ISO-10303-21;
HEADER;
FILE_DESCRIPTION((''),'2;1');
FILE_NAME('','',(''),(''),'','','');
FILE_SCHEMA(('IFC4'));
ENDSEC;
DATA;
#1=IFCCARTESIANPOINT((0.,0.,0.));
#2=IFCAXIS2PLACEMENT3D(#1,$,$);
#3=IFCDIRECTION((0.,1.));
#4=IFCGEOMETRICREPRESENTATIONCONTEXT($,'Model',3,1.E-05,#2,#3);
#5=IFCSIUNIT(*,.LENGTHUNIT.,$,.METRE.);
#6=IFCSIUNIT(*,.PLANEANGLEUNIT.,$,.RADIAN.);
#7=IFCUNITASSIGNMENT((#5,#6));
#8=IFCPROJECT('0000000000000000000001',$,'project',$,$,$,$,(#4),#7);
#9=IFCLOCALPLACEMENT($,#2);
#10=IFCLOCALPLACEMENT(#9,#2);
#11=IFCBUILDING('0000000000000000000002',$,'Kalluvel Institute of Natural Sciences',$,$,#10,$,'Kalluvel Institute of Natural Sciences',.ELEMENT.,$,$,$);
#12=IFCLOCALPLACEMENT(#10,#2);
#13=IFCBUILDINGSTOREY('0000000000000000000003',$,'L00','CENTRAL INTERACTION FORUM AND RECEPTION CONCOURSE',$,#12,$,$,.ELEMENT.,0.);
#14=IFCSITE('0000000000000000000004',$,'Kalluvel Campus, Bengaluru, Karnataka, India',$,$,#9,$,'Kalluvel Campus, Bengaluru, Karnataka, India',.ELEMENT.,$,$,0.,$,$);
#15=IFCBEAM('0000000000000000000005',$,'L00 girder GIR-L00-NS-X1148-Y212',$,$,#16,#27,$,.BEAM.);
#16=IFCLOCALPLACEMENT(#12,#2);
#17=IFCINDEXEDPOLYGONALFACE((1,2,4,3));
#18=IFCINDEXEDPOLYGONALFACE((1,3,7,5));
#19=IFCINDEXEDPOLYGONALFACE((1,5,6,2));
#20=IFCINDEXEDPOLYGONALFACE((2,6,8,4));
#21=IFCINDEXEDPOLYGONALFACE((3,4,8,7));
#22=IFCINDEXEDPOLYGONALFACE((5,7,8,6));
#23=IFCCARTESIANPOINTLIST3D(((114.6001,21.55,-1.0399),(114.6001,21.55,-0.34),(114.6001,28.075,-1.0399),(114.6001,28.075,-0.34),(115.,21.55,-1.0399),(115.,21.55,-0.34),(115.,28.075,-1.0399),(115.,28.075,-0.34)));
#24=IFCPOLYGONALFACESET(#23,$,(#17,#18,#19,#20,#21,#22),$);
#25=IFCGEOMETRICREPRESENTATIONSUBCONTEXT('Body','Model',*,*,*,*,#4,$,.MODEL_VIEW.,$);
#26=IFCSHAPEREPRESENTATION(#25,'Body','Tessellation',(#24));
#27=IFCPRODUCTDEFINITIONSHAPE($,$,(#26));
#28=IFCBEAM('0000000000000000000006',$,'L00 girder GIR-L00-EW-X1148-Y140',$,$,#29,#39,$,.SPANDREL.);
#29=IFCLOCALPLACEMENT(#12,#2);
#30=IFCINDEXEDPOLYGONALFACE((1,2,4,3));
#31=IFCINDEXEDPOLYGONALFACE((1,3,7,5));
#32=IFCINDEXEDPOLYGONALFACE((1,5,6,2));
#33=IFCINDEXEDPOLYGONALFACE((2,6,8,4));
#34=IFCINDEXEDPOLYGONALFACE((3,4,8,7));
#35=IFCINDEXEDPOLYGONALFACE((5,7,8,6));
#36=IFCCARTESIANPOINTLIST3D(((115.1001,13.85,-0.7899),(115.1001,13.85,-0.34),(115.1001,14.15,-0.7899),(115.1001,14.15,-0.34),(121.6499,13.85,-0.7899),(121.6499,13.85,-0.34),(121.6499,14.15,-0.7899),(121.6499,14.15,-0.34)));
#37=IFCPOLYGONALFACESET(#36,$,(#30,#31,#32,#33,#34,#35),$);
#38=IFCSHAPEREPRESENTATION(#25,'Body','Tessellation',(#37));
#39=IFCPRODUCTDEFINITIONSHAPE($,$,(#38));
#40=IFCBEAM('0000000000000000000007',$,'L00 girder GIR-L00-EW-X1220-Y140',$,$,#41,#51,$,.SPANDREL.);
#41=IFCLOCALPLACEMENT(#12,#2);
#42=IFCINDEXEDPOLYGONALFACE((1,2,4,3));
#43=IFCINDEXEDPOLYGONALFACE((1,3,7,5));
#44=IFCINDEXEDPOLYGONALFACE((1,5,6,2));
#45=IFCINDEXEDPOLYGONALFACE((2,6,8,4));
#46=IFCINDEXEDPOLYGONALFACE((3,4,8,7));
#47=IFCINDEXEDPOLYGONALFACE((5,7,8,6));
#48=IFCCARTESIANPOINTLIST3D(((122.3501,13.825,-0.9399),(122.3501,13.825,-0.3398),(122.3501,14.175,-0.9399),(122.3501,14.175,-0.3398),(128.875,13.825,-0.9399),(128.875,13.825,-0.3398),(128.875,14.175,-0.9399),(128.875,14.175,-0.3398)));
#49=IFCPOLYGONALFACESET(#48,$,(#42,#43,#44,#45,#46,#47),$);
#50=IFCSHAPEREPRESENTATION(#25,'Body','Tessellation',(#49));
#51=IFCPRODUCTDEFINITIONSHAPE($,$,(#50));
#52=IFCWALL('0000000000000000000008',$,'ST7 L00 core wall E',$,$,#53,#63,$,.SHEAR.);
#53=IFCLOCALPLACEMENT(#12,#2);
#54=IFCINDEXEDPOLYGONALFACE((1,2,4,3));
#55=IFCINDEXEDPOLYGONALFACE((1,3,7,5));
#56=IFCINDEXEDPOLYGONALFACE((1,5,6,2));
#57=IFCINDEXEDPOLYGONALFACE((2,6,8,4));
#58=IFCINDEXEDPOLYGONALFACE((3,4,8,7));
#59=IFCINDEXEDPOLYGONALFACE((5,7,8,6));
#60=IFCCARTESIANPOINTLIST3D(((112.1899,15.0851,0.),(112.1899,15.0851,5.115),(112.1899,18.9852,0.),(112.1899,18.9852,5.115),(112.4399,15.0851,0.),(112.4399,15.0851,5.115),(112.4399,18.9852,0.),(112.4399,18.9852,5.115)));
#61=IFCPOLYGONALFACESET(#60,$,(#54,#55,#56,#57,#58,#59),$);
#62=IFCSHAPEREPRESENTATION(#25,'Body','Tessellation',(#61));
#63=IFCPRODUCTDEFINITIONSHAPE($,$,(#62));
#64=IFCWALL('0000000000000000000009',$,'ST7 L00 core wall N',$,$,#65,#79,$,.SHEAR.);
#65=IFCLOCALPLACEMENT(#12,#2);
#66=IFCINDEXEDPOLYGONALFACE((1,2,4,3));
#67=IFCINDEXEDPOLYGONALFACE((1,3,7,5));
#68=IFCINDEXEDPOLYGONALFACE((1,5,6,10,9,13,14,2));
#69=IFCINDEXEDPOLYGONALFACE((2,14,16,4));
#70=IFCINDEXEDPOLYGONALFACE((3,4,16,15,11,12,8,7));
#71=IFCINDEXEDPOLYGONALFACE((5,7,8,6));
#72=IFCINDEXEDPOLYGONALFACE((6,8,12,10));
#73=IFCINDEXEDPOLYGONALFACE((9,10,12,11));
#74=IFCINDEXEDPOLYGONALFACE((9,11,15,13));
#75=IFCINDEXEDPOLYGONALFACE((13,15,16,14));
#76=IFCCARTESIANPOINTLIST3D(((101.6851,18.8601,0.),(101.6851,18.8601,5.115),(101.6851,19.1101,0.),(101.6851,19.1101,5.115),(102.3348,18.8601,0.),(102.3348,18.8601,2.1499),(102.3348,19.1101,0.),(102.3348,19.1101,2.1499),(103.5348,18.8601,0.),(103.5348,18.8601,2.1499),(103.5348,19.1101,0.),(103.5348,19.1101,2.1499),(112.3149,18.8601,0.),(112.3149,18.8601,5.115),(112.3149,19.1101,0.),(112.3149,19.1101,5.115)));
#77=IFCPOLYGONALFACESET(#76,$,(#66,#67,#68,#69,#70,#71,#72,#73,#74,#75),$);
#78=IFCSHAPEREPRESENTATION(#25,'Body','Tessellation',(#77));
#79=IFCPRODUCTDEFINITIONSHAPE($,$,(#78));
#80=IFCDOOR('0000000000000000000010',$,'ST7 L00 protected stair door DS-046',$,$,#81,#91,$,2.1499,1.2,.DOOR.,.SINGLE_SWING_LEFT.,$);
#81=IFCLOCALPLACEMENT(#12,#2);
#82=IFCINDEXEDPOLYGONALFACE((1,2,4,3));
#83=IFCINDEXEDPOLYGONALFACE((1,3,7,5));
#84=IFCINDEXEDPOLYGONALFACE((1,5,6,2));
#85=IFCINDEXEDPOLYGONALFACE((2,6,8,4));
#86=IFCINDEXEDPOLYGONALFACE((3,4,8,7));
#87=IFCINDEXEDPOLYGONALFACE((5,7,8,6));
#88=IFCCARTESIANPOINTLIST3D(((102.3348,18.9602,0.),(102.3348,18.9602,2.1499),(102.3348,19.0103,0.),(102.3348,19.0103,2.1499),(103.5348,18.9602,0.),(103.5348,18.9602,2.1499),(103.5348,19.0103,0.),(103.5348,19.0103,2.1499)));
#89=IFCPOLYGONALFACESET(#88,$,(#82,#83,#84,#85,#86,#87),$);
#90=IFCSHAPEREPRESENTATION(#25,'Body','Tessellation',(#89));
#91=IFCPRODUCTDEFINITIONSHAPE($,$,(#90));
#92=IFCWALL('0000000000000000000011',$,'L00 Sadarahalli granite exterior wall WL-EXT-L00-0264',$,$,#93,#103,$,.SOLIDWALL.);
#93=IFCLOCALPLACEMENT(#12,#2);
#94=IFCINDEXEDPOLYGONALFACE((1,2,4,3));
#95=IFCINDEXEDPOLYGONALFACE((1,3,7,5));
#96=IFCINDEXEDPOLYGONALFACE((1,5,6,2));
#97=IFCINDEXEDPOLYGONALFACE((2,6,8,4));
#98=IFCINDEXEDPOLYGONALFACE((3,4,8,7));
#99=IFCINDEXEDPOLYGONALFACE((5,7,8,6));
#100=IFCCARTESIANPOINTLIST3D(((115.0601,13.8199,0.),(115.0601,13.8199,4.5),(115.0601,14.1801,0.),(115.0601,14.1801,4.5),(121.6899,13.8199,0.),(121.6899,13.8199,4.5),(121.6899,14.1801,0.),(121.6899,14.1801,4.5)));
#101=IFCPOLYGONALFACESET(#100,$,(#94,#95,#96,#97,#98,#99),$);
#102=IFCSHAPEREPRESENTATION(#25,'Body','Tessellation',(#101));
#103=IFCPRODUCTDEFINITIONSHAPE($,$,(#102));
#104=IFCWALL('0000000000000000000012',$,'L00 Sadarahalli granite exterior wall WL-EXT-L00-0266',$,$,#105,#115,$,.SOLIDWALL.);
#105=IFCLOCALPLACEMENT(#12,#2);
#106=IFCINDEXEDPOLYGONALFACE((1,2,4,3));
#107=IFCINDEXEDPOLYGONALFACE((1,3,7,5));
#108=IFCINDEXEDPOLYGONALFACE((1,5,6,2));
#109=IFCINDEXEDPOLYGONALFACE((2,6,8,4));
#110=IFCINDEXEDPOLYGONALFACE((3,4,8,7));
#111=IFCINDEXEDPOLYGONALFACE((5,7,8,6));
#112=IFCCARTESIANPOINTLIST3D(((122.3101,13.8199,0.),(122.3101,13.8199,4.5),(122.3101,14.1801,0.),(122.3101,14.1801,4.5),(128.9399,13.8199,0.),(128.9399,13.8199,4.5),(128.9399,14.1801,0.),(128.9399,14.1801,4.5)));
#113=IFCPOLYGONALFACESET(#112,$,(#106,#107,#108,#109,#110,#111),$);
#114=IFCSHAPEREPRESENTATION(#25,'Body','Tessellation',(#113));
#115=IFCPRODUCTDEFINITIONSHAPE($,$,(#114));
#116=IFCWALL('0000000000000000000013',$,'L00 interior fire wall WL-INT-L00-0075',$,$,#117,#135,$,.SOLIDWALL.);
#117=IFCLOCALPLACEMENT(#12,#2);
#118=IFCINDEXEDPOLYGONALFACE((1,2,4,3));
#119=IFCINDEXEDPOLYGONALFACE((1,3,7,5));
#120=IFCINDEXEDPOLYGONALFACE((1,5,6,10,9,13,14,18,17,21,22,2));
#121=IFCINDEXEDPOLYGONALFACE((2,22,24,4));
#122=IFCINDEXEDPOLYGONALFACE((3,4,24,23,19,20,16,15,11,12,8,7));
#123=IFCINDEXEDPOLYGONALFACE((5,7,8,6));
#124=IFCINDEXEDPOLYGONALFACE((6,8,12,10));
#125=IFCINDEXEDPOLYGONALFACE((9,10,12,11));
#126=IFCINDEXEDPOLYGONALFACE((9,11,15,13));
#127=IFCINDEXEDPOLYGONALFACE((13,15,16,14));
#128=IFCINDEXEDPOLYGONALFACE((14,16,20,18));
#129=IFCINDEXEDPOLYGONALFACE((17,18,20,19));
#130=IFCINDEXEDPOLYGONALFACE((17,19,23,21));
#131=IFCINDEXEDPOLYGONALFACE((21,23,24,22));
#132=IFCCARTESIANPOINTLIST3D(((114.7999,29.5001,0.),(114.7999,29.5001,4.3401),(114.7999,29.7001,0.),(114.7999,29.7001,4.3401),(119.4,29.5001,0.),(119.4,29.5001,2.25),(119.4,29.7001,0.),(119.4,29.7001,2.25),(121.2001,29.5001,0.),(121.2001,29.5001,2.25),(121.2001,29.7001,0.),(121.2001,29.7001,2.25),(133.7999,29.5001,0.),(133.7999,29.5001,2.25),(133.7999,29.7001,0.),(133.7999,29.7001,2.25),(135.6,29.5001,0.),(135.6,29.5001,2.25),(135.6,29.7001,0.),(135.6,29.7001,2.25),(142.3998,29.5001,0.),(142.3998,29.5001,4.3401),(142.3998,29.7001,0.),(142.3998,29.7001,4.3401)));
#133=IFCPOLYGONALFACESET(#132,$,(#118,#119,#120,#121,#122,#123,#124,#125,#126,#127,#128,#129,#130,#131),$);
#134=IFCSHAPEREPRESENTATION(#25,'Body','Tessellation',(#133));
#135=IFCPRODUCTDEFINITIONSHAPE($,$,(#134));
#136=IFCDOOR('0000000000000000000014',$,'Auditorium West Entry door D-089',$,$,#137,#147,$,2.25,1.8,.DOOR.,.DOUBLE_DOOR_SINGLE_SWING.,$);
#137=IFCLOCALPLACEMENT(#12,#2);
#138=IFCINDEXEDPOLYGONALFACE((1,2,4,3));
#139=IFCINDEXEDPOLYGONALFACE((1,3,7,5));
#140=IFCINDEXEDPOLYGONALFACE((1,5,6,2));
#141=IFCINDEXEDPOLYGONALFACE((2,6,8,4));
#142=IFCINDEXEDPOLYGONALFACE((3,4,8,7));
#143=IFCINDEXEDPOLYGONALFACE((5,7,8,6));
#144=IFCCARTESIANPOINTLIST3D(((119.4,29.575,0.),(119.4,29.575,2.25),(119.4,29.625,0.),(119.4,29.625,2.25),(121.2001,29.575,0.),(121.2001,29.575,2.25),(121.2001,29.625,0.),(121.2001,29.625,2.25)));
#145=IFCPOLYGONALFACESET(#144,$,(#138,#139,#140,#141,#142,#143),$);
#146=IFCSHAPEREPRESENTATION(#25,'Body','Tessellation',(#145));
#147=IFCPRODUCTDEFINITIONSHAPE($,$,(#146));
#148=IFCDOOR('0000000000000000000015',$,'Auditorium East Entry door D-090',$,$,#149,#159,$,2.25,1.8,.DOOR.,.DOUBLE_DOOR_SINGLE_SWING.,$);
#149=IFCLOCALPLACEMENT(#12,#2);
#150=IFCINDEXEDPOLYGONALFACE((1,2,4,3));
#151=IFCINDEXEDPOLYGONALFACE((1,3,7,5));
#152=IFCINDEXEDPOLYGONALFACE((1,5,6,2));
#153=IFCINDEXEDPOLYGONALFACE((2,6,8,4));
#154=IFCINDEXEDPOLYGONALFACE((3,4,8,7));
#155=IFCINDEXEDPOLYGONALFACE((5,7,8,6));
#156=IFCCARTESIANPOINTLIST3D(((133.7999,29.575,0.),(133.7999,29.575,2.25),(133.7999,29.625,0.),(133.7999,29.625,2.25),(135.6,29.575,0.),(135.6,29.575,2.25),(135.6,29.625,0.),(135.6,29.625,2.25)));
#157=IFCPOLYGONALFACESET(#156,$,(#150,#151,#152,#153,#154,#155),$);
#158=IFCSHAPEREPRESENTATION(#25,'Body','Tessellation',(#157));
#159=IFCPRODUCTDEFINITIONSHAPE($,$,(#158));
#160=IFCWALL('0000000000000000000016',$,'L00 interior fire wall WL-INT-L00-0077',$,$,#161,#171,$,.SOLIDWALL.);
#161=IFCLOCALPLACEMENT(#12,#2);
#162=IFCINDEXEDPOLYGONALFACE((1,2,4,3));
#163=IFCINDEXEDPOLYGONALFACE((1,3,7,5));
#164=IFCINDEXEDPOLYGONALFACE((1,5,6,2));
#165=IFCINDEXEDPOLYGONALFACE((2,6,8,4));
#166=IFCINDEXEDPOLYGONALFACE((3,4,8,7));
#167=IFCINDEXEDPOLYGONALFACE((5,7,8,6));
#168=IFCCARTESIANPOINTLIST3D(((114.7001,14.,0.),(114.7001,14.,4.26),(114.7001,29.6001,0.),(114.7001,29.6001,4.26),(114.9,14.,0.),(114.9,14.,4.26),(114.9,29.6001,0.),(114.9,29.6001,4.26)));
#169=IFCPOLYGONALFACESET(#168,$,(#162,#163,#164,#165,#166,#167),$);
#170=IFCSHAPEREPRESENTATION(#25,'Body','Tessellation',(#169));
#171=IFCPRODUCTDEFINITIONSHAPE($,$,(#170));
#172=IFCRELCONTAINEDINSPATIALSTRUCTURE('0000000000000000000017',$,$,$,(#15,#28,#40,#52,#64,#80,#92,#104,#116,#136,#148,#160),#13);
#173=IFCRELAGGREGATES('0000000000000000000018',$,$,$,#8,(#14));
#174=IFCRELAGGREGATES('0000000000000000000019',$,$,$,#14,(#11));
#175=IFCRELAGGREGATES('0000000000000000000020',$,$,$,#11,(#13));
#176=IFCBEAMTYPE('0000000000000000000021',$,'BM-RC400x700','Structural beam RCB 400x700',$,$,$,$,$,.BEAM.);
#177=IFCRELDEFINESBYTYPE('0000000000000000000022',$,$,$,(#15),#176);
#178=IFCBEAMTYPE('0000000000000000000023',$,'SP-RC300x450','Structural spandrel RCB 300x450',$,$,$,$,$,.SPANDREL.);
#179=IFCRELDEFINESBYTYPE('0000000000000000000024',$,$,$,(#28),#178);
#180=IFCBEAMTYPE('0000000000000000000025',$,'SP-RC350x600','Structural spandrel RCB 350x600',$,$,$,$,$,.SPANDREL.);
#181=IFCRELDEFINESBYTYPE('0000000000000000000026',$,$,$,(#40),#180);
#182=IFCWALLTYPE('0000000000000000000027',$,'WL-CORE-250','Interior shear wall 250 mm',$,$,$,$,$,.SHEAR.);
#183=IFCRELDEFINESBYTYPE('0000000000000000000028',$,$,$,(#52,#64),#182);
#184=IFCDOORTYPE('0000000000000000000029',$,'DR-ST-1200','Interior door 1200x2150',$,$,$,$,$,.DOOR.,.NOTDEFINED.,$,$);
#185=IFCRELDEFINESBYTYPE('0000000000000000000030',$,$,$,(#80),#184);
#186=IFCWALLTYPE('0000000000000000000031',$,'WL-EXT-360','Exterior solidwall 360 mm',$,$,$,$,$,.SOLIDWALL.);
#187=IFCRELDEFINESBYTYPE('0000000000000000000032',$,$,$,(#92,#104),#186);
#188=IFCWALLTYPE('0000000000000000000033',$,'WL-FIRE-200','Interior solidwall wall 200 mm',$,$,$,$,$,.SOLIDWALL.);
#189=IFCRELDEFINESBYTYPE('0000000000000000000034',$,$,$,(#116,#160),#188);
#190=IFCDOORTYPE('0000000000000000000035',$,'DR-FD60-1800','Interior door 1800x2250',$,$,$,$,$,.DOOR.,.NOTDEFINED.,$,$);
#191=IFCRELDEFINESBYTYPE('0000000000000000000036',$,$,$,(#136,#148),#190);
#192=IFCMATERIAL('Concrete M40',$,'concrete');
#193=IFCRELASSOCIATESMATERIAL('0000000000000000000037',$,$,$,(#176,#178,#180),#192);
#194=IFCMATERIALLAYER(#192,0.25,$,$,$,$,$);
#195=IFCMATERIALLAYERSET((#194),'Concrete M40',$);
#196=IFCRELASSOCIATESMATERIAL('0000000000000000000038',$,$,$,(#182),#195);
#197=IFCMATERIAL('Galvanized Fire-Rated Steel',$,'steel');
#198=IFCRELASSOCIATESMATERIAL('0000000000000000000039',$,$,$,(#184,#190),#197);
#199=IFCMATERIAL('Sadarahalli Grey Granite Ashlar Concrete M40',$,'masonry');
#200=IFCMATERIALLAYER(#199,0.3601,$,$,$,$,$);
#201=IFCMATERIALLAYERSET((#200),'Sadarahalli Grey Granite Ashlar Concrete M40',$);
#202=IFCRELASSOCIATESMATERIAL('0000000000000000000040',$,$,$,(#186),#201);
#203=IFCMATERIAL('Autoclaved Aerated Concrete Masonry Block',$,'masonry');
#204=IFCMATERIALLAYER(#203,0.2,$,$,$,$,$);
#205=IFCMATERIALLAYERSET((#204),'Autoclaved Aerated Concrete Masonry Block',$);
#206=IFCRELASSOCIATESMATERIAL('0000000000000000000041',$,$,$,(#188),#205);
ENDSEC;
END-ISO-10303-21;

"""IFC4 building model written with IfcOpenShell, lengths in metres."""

from ifc_helpers import new_model, si_unit, direction, frame, frame_2d, origin, origin_2d, place, context, subcontext, project, spatial, rectangle, extrude, material, layer, layer_set, material_profile, profile_set, type_object, element, fill, save


model = new_model("IFC4")

# Units and contexts
model_context = context("Model", 3, precision=1e-05, world=origin(), true_north=direction((0.0, 1.0)))
body_context = subcontext(model_context, "Body", "Model", "MODEL_VIEW")
ifc_project = project(units=[si_unit("LENGTHUNIT", "METRE"), si_unit("PLANEANGLEUNIT", "RADIAN")], contexts=[model_context])

# Site, building, storey
site_placement = place(None, origin())
site = spatial("IfcSite", under=ifc_project, at=site_placement, Name="Kalluvel Campus, Bengaluru, Karnataka, India", LongName="Kalluvel Campus, Bengaluru, Karnataka, India", CompositionType="ELEMENT", RefElevation=0.0)
building_placement = place(site_placement, origin())
building = spatial("IfcBuilding", under=site, at=building_placement, Name="Kalluvel Institute of Natural Sciences", LongName="Kalluvel Institute of Natural Sciences", CompositionType="ELEMENT")
storey_placement = place(building_placement, origin())
storey = spatial("IfcBuildingStorey", under=building, at=storey_placement, Name="L00", Description="CENTRAL INTERACTION FORUM AND RECEPTION CONCOURSE", CompositionType="ELEMENT", Elevation=0.0)

# Shared definitions
ifc_material_1 = material(Name="Concrete M40", Category="concrete")

# Beams
ifc_material_profile_1 = material_profile(ifc_material_1, rectangle(XDim=0.3999, YDim=0.7, at=origin_2d()), Name="RCB 400x700")
ifc_profile_set_1 = profile_set([ifc_material_profile_1], Name="Concrete M40")
beam_type_1 = type_object("IfcBeamType", Name="BM-RC400x700", Description="Structural beam RCB 400x700", PredefinedType="BEAM", material=ifc_profile_set_1)
beam_1_placement = place(storey_placement, frame((114.8, 21.55, -0.6899), z_axis=(0.0, 1.0, 0.0), x_axis=(-1.0, 0.0, 0.0)))
element("IfcBeam", 1, at=beam_1_placement, inside=storey, type_object=beam_type_1, Name="L00 girder GIR-L00-NS-X1148-Y212", PredefinedType="BEAM", context=body_context, shape_type="SweptSolid", body=[
    extrude(rectangle(XDim=0.3999, YDim=0.7, at=origin_2d()), origin(), (0.0, 0.0, 1.0), 6.5249),
])
ifc_material_profile_2 = material_profile(ifc_material_1, rectangle(XDim=0.3, YDim=0.45, at=origin_2d()), Name="RCB 300x450")
ifc_profile_set_2 = profile_set([ifc_material_profile_2], Name="Concrete M40")
beam_type_2 = type_object("IfcBeamType", Name="SP-RC300x450", Description="Structural spandrel RCB 300x450", PredefinedType="SPANDREL", material=ifc_profile_set_2)
beam_2_placement = place(storey_placement, frame((115.1001, 14.0, -0.5649), z_axis=(1.0, 0.0, 0.0), x_axis=(0.0, 1.0, 0.0)))
element("IfcBeam", 2, at=beam_2_placement, inside=storey, type_object=beam_type_2, Name="L00 girder GIR-L00-EW-X1148-Y140", PredefinedType="SPANDREL", context=body_context, shape_type="SweptSolid", body=[
    extrude(rectangle(XDim=0.3, YDim=0.45, at=origin_2d()), origin(), (0.0, 0.0, 1.0), 6.5498),
])
ifc_material_profile_3 = material_profile(ifc_material_1, rectangle(XDim=0.3501, YDim=0.6001, at=origin_2d()), Name="RCB 350x600")
ifc_profile_set_3 = profile_set([ifc_material_profile_3], Name="Concrete M40")
beam_type_3 = type_object("IfcBeamType", Name="SP-RC350x600", Description="Structural spandrel RCB 350x600", PredefinedType="SPANDREL", material=ifc_profile_set_3)
beam_3_placement = place(storey_placement, frame((122.3501, 14.0, -0.6399), z_axis=(1.0, 0.0, 0.0), x_axis=(0.0, 1.0, 0.0)))
element("IfcBeam", 3, at=beam_3_placement, inside=storey, type_object=beam_type_3, Name="L00 girder GIR-L00-EW-X1220-Y140", PredefinedType="SPANDREL", context=body_context, shape_type="SweptSolid", body=[
    extrude(rectangle(XDim=0.3501, YDim=0.6001, at=origin_2d()), origin(), (0.0, 0.0, 1.0), 6.5249),
])

# Wall
ifc_layer_1 = layer(ifc_material_1, 0.25)
ifc_layer_set_1 = layer_set([ifc_layer_1], Name="Concrete M40")
wall_type_1 = type_object("IfcWallType", Name="WL-CORE-250", Description="Interior shear wall 250 mm", PredefinedType="SHEAR", material=ifc_layer_set_1)
wall_1_placement = place(storey_placement, frame((112.3149, 15.085, 0.0), z_axis=(0.0, 0.0, 1.0), x_axis=(0.0, 1.0, 0.0)))
element("IfcWall", 4, at=wall_1_placement, inside=storey, type_object=wall_type_1, Name="ST7 L00 core wall E", PredefinedType="SHEAR", context=body_context, shape_type="SweptSolid", body=[
    extrude(rectangle(XDim=3.9001, YDim=0.25, at=frame_2d((1.9502, 0.0))), origin(), (0.0, 0.0, 1.0), 5.115),
])

# Wall, opening, door
wall_2_placement = place(storey_placement, frame((112.3149, 18.9851, 0.0), z_axis=(0.0, 0.0, 1.0), x_axis=(-1.0, 0.0, 0.0)))
wall_2 = element("IfcWall", 5, at=wall_2_placement, inside=storey, type_object=wall_type_1, Name="ST7 L00 core wall N", PredefinedType="SHEAR", context=body_context, shape_type="SweptSolid", body=[
    extrude(rectangle(XDim=10.6299, YDim=0.25, at=frame_2d((5.3149, 0.0))), origin(), (0.0, 0.0, 1.0), 5.115),
])
opening_1_placement = place(wall_2_placement, frame((8.78, 0.0, 0.0)))
opening_1 = element("IfcOpeningElement", 6, at=opening_1_placement, cuts=wall_2, PredefinedType="OPENING", context=body_context, shape_type="SweptSolid", body=[
    extrude(rectangle(XDim=1.2, YDim=2.1499, at=frame_2d((0.6001, 1.075))), frame((0.0, 0.135, 0.0), z_axis=(0.0, -1.0, 0.0), x_axis=(1.0, 0.0, 0.0)), (0.0, 0.0, 1.0), 0.27),
])
ifc_material_2 = material(Name="Galvanized Fire-Rated Steel", Category="steel")
door_type_1 = type_object("IfcDoorType", Name="DR-ST-1200", Description="Interior door 1200x2150", OperationType="NOTDEFINED", PredefinedType="DOOR", material=ifc_material_2)
door_1_placement = place(opening_1_placement, origin())
door_1 = element("IfcDoor", 7, at=door_1_placement, inside=storey, type_object=door_type_1, Name="ST7 L00 protected stair door DS-046", OperationType="SINGLE_SWING_LEFT", OverallHeight=2.1499, OverallWidth=1.2, PredefinedType="DOOR", context=body_context, shape_type="SweptSolid", body=[
    extrude(rectangle(XDim=1.2, YDim=2.1499, at=frame_2d((0.6001, 1.075))), frame((0.0, 0.0249, 0.0), z_axis=(0.0, -1.0, 0.0), x_axis=(1.0, 0.0, 0.0)), (0.0, 0.0, 1.0), 0.05),
])
fill(opening_1, door_1)

# Walls
ifc_material_3 = material(Name="Sadarahalli Grey Granite Ashlar Concrete M40", Category="masonry")
ifc_layer_2 = layer(ifc_material_3, 0.3601)
ifc_layer_set_2 = layer_set([ifc_layer_2], Name="Sadarahalli Grey Granite Ashlar Concrete M40")
wall_type_2 = type_object("IfcWallType", Name="WL-EXT-360", Description="Exterior solidwall 360 mm", PredefinedType="SOLIDWALL", material=ifc_layer_set_2)
for number, where, z_axis, x_axis, name in (
    (8, (115.0601, 14.0, 0.0), (0.0, 0.0, 1.0), (1.0, 0.0, 0.0), "L00 Sadarahalli granite exterior wall WL-EXT-L00-0264"),
    (9, (122.3101, 14.0, 0.0), (0.0, 0.0, 1.0), (1.0, 0.0, 0.0), "L00 Sadarahalli granite exterior wall WL-EXT-L00-0266"),
):
    element("IfcWall", number, at=place(storey_placement, frame(where, z_axis=z_axis, x_axis=x_axis)), inside=storey, type_object=wall_type_2, Name=name, PredefinedType="SOLIDWALL", context=body_context, shape_type="SweptSolid", body=[
        extrude(rectangle(XDim=6.6299, YDim=0.3601, at=frame_2d((3.3149, 0.0))), origin(), (0.0, 0.0, 1.0), 4.5),
    ])

# Wall, openings, doors
ifc_material_4 = material(Name="Autoclaved Aerated Concrete Masonry Block", Category="masonry")
ifc_layer_3 = layer(ifc_material_4, 0.2)
ifc_layer_set_3 = layer_set([ifc_layer_3], Name="Autoclaved Aerated Concrete Masonry Block")
wall_type_3 = type_object("IfcWallType", Name="WL-FIRE-200", Description="Interior solidwall wall 200 mm", PredefinedType="SOLIDWALL", material=ifc_layer_set_3)
wall_3_placement = place(storey_placement, frame((114.8, 29.6001, 0.0), z_axis=(0.0, 0.0, 1.0), x_axis=(1.0, 0.0, 0.0)))
wall_3 = element("IfcWall", 10, at=wall_3_placement, inside=storey, type_object=wall_type_3, Name="L00 interior fire wall WL-INT-L00-0075", PredefinedType="SOLIDWALL", context=body_context, shape_type="SweptSolid", body=[
    extrude(rectangle(XDim=27.5999, YDim=0.2, at=frame_2d((13.7998, 0.0))), origin(), (0.0, 0.0, 1.0), 4.3401),
])
opening_2_placement = place(wall_3_placement, frame((4.6001, 0.0, 0.0)))
opening_2 = element("IfcOpeningElement", 11, at=opening_2_placement, cuts=wall_3, PredefinedType="OPENING", context=body_context, shape_type="SweptSolid", body=[
    extrude(rectangle(XDim=1.8, YDim=2.25, at=frame_2d((0.8999, 1.125))), frame((0.0, 0.1099, 0.0), z_axis=(0.0, -1.0, 0.0), x_axis=(1.0, 0.0, 0.0)), (0.0, 0.0, 1.0), 0.22),
])
opening_3_placement = place(wall_3_placement, frame((19.0, 0.0, 0.0)))
opening_3 = element("IfcOpeningElement", 12, at=opening_3_placement, cuts=wall_3, PredefinedType="OPENING", context=body_context, shape_type="SweptSolid", body=[
    extrude(rectangle(XDim=1.8, YDim=2.25, at=frame_2d((0.8999, 1.125))), frame((0.0, 0.1099, 0.0), z_axis=(0.0, -1.0, 0.0), x_axis=(1.0, 0.0, 0.0)), (0.0, 0.0, 1.0), 0.22),
])
door_type_2 = type_object("IfcDoorType", Name="DR-FD60-1800", Description="Interior door 1800x2250", OperationType="NOTDEFINED", PredefinedType="DOOR", material=ifc_material_2)
door_2_placement = place(opening_2_placement, origin())
door_2 = element("IfcDoor", 13, at=door_2_placement, inside=storey, type_object=door_type_2, Name="Auditorium West Entry door D-089", OperationType="DOUBLE_DOOR_SINGLE_SWING", OverallHeight=2.25, OverallWidth=1.8, PredefinedType="DOOR", context=body_context, shape_type="SweptSolid", body=[
    extrude(rectangle(XDim=1.8, YDim=2.25, at=frame_2d((0.8999, 1.125))), frame((0.0, 0.0249, 0.0), z_axis=(0.0, -1.0, 0.0), x_axis=(1.0, 0.0, 0.0)), (0.0, 0.0, 1.0), 0.05),
])
fill(opening_2, door_2)
door_3_placement = place(opening_3_placement, origin())
door_3 = element("IfcDoor", 14, at=door_3_placement, inside=storey, type_object=door_type_2, Name="Auditorium East Entry door D-090", OperationType="DOUBLE_DOOR_SINGLE_SWING", OverallHeight=2.25, OverallWidth=1.8, PredefinedType="DOOR", context=body_context, shape_type="SweptSolid", body=[
    extrude(rectangle(XDim=1.8, YDim=2.25, at=frame_2d((0.8999, 1.125))), frame((0.0, 0.0249, 0.0), z_axis=(0.0, -1.0, 0.0), x_axis=(1.0, 0.0, 0.0)), (0.0, 0.0, 1.0), 0.05),
])
fill(opening_3, door_3)

# Wall
wall_4_placement = place(storey_placement, frame((114.8, 14.0, 0.0), z_axis=(0.0, 0.0, 1.0), x_axis=(0.0, 1.0, 0.0)))
element("IfcWall", 15, at=wall_4_placement, inside=storey, type_object=wall_type_3, Name="L00 interior fire wall WL-INT-L00-0077", PredefinedType="SOLIDWALL", context=body_context, shape_type="SweptSolid", body=[
    extrude(rectangle(XDim=15.6001, YDim=0.2, at=frame_2d((7.8, 0.0))), origin(), (0.0, 0.0, 1.0), 4.26),
])

save(model, "model.ifc")
